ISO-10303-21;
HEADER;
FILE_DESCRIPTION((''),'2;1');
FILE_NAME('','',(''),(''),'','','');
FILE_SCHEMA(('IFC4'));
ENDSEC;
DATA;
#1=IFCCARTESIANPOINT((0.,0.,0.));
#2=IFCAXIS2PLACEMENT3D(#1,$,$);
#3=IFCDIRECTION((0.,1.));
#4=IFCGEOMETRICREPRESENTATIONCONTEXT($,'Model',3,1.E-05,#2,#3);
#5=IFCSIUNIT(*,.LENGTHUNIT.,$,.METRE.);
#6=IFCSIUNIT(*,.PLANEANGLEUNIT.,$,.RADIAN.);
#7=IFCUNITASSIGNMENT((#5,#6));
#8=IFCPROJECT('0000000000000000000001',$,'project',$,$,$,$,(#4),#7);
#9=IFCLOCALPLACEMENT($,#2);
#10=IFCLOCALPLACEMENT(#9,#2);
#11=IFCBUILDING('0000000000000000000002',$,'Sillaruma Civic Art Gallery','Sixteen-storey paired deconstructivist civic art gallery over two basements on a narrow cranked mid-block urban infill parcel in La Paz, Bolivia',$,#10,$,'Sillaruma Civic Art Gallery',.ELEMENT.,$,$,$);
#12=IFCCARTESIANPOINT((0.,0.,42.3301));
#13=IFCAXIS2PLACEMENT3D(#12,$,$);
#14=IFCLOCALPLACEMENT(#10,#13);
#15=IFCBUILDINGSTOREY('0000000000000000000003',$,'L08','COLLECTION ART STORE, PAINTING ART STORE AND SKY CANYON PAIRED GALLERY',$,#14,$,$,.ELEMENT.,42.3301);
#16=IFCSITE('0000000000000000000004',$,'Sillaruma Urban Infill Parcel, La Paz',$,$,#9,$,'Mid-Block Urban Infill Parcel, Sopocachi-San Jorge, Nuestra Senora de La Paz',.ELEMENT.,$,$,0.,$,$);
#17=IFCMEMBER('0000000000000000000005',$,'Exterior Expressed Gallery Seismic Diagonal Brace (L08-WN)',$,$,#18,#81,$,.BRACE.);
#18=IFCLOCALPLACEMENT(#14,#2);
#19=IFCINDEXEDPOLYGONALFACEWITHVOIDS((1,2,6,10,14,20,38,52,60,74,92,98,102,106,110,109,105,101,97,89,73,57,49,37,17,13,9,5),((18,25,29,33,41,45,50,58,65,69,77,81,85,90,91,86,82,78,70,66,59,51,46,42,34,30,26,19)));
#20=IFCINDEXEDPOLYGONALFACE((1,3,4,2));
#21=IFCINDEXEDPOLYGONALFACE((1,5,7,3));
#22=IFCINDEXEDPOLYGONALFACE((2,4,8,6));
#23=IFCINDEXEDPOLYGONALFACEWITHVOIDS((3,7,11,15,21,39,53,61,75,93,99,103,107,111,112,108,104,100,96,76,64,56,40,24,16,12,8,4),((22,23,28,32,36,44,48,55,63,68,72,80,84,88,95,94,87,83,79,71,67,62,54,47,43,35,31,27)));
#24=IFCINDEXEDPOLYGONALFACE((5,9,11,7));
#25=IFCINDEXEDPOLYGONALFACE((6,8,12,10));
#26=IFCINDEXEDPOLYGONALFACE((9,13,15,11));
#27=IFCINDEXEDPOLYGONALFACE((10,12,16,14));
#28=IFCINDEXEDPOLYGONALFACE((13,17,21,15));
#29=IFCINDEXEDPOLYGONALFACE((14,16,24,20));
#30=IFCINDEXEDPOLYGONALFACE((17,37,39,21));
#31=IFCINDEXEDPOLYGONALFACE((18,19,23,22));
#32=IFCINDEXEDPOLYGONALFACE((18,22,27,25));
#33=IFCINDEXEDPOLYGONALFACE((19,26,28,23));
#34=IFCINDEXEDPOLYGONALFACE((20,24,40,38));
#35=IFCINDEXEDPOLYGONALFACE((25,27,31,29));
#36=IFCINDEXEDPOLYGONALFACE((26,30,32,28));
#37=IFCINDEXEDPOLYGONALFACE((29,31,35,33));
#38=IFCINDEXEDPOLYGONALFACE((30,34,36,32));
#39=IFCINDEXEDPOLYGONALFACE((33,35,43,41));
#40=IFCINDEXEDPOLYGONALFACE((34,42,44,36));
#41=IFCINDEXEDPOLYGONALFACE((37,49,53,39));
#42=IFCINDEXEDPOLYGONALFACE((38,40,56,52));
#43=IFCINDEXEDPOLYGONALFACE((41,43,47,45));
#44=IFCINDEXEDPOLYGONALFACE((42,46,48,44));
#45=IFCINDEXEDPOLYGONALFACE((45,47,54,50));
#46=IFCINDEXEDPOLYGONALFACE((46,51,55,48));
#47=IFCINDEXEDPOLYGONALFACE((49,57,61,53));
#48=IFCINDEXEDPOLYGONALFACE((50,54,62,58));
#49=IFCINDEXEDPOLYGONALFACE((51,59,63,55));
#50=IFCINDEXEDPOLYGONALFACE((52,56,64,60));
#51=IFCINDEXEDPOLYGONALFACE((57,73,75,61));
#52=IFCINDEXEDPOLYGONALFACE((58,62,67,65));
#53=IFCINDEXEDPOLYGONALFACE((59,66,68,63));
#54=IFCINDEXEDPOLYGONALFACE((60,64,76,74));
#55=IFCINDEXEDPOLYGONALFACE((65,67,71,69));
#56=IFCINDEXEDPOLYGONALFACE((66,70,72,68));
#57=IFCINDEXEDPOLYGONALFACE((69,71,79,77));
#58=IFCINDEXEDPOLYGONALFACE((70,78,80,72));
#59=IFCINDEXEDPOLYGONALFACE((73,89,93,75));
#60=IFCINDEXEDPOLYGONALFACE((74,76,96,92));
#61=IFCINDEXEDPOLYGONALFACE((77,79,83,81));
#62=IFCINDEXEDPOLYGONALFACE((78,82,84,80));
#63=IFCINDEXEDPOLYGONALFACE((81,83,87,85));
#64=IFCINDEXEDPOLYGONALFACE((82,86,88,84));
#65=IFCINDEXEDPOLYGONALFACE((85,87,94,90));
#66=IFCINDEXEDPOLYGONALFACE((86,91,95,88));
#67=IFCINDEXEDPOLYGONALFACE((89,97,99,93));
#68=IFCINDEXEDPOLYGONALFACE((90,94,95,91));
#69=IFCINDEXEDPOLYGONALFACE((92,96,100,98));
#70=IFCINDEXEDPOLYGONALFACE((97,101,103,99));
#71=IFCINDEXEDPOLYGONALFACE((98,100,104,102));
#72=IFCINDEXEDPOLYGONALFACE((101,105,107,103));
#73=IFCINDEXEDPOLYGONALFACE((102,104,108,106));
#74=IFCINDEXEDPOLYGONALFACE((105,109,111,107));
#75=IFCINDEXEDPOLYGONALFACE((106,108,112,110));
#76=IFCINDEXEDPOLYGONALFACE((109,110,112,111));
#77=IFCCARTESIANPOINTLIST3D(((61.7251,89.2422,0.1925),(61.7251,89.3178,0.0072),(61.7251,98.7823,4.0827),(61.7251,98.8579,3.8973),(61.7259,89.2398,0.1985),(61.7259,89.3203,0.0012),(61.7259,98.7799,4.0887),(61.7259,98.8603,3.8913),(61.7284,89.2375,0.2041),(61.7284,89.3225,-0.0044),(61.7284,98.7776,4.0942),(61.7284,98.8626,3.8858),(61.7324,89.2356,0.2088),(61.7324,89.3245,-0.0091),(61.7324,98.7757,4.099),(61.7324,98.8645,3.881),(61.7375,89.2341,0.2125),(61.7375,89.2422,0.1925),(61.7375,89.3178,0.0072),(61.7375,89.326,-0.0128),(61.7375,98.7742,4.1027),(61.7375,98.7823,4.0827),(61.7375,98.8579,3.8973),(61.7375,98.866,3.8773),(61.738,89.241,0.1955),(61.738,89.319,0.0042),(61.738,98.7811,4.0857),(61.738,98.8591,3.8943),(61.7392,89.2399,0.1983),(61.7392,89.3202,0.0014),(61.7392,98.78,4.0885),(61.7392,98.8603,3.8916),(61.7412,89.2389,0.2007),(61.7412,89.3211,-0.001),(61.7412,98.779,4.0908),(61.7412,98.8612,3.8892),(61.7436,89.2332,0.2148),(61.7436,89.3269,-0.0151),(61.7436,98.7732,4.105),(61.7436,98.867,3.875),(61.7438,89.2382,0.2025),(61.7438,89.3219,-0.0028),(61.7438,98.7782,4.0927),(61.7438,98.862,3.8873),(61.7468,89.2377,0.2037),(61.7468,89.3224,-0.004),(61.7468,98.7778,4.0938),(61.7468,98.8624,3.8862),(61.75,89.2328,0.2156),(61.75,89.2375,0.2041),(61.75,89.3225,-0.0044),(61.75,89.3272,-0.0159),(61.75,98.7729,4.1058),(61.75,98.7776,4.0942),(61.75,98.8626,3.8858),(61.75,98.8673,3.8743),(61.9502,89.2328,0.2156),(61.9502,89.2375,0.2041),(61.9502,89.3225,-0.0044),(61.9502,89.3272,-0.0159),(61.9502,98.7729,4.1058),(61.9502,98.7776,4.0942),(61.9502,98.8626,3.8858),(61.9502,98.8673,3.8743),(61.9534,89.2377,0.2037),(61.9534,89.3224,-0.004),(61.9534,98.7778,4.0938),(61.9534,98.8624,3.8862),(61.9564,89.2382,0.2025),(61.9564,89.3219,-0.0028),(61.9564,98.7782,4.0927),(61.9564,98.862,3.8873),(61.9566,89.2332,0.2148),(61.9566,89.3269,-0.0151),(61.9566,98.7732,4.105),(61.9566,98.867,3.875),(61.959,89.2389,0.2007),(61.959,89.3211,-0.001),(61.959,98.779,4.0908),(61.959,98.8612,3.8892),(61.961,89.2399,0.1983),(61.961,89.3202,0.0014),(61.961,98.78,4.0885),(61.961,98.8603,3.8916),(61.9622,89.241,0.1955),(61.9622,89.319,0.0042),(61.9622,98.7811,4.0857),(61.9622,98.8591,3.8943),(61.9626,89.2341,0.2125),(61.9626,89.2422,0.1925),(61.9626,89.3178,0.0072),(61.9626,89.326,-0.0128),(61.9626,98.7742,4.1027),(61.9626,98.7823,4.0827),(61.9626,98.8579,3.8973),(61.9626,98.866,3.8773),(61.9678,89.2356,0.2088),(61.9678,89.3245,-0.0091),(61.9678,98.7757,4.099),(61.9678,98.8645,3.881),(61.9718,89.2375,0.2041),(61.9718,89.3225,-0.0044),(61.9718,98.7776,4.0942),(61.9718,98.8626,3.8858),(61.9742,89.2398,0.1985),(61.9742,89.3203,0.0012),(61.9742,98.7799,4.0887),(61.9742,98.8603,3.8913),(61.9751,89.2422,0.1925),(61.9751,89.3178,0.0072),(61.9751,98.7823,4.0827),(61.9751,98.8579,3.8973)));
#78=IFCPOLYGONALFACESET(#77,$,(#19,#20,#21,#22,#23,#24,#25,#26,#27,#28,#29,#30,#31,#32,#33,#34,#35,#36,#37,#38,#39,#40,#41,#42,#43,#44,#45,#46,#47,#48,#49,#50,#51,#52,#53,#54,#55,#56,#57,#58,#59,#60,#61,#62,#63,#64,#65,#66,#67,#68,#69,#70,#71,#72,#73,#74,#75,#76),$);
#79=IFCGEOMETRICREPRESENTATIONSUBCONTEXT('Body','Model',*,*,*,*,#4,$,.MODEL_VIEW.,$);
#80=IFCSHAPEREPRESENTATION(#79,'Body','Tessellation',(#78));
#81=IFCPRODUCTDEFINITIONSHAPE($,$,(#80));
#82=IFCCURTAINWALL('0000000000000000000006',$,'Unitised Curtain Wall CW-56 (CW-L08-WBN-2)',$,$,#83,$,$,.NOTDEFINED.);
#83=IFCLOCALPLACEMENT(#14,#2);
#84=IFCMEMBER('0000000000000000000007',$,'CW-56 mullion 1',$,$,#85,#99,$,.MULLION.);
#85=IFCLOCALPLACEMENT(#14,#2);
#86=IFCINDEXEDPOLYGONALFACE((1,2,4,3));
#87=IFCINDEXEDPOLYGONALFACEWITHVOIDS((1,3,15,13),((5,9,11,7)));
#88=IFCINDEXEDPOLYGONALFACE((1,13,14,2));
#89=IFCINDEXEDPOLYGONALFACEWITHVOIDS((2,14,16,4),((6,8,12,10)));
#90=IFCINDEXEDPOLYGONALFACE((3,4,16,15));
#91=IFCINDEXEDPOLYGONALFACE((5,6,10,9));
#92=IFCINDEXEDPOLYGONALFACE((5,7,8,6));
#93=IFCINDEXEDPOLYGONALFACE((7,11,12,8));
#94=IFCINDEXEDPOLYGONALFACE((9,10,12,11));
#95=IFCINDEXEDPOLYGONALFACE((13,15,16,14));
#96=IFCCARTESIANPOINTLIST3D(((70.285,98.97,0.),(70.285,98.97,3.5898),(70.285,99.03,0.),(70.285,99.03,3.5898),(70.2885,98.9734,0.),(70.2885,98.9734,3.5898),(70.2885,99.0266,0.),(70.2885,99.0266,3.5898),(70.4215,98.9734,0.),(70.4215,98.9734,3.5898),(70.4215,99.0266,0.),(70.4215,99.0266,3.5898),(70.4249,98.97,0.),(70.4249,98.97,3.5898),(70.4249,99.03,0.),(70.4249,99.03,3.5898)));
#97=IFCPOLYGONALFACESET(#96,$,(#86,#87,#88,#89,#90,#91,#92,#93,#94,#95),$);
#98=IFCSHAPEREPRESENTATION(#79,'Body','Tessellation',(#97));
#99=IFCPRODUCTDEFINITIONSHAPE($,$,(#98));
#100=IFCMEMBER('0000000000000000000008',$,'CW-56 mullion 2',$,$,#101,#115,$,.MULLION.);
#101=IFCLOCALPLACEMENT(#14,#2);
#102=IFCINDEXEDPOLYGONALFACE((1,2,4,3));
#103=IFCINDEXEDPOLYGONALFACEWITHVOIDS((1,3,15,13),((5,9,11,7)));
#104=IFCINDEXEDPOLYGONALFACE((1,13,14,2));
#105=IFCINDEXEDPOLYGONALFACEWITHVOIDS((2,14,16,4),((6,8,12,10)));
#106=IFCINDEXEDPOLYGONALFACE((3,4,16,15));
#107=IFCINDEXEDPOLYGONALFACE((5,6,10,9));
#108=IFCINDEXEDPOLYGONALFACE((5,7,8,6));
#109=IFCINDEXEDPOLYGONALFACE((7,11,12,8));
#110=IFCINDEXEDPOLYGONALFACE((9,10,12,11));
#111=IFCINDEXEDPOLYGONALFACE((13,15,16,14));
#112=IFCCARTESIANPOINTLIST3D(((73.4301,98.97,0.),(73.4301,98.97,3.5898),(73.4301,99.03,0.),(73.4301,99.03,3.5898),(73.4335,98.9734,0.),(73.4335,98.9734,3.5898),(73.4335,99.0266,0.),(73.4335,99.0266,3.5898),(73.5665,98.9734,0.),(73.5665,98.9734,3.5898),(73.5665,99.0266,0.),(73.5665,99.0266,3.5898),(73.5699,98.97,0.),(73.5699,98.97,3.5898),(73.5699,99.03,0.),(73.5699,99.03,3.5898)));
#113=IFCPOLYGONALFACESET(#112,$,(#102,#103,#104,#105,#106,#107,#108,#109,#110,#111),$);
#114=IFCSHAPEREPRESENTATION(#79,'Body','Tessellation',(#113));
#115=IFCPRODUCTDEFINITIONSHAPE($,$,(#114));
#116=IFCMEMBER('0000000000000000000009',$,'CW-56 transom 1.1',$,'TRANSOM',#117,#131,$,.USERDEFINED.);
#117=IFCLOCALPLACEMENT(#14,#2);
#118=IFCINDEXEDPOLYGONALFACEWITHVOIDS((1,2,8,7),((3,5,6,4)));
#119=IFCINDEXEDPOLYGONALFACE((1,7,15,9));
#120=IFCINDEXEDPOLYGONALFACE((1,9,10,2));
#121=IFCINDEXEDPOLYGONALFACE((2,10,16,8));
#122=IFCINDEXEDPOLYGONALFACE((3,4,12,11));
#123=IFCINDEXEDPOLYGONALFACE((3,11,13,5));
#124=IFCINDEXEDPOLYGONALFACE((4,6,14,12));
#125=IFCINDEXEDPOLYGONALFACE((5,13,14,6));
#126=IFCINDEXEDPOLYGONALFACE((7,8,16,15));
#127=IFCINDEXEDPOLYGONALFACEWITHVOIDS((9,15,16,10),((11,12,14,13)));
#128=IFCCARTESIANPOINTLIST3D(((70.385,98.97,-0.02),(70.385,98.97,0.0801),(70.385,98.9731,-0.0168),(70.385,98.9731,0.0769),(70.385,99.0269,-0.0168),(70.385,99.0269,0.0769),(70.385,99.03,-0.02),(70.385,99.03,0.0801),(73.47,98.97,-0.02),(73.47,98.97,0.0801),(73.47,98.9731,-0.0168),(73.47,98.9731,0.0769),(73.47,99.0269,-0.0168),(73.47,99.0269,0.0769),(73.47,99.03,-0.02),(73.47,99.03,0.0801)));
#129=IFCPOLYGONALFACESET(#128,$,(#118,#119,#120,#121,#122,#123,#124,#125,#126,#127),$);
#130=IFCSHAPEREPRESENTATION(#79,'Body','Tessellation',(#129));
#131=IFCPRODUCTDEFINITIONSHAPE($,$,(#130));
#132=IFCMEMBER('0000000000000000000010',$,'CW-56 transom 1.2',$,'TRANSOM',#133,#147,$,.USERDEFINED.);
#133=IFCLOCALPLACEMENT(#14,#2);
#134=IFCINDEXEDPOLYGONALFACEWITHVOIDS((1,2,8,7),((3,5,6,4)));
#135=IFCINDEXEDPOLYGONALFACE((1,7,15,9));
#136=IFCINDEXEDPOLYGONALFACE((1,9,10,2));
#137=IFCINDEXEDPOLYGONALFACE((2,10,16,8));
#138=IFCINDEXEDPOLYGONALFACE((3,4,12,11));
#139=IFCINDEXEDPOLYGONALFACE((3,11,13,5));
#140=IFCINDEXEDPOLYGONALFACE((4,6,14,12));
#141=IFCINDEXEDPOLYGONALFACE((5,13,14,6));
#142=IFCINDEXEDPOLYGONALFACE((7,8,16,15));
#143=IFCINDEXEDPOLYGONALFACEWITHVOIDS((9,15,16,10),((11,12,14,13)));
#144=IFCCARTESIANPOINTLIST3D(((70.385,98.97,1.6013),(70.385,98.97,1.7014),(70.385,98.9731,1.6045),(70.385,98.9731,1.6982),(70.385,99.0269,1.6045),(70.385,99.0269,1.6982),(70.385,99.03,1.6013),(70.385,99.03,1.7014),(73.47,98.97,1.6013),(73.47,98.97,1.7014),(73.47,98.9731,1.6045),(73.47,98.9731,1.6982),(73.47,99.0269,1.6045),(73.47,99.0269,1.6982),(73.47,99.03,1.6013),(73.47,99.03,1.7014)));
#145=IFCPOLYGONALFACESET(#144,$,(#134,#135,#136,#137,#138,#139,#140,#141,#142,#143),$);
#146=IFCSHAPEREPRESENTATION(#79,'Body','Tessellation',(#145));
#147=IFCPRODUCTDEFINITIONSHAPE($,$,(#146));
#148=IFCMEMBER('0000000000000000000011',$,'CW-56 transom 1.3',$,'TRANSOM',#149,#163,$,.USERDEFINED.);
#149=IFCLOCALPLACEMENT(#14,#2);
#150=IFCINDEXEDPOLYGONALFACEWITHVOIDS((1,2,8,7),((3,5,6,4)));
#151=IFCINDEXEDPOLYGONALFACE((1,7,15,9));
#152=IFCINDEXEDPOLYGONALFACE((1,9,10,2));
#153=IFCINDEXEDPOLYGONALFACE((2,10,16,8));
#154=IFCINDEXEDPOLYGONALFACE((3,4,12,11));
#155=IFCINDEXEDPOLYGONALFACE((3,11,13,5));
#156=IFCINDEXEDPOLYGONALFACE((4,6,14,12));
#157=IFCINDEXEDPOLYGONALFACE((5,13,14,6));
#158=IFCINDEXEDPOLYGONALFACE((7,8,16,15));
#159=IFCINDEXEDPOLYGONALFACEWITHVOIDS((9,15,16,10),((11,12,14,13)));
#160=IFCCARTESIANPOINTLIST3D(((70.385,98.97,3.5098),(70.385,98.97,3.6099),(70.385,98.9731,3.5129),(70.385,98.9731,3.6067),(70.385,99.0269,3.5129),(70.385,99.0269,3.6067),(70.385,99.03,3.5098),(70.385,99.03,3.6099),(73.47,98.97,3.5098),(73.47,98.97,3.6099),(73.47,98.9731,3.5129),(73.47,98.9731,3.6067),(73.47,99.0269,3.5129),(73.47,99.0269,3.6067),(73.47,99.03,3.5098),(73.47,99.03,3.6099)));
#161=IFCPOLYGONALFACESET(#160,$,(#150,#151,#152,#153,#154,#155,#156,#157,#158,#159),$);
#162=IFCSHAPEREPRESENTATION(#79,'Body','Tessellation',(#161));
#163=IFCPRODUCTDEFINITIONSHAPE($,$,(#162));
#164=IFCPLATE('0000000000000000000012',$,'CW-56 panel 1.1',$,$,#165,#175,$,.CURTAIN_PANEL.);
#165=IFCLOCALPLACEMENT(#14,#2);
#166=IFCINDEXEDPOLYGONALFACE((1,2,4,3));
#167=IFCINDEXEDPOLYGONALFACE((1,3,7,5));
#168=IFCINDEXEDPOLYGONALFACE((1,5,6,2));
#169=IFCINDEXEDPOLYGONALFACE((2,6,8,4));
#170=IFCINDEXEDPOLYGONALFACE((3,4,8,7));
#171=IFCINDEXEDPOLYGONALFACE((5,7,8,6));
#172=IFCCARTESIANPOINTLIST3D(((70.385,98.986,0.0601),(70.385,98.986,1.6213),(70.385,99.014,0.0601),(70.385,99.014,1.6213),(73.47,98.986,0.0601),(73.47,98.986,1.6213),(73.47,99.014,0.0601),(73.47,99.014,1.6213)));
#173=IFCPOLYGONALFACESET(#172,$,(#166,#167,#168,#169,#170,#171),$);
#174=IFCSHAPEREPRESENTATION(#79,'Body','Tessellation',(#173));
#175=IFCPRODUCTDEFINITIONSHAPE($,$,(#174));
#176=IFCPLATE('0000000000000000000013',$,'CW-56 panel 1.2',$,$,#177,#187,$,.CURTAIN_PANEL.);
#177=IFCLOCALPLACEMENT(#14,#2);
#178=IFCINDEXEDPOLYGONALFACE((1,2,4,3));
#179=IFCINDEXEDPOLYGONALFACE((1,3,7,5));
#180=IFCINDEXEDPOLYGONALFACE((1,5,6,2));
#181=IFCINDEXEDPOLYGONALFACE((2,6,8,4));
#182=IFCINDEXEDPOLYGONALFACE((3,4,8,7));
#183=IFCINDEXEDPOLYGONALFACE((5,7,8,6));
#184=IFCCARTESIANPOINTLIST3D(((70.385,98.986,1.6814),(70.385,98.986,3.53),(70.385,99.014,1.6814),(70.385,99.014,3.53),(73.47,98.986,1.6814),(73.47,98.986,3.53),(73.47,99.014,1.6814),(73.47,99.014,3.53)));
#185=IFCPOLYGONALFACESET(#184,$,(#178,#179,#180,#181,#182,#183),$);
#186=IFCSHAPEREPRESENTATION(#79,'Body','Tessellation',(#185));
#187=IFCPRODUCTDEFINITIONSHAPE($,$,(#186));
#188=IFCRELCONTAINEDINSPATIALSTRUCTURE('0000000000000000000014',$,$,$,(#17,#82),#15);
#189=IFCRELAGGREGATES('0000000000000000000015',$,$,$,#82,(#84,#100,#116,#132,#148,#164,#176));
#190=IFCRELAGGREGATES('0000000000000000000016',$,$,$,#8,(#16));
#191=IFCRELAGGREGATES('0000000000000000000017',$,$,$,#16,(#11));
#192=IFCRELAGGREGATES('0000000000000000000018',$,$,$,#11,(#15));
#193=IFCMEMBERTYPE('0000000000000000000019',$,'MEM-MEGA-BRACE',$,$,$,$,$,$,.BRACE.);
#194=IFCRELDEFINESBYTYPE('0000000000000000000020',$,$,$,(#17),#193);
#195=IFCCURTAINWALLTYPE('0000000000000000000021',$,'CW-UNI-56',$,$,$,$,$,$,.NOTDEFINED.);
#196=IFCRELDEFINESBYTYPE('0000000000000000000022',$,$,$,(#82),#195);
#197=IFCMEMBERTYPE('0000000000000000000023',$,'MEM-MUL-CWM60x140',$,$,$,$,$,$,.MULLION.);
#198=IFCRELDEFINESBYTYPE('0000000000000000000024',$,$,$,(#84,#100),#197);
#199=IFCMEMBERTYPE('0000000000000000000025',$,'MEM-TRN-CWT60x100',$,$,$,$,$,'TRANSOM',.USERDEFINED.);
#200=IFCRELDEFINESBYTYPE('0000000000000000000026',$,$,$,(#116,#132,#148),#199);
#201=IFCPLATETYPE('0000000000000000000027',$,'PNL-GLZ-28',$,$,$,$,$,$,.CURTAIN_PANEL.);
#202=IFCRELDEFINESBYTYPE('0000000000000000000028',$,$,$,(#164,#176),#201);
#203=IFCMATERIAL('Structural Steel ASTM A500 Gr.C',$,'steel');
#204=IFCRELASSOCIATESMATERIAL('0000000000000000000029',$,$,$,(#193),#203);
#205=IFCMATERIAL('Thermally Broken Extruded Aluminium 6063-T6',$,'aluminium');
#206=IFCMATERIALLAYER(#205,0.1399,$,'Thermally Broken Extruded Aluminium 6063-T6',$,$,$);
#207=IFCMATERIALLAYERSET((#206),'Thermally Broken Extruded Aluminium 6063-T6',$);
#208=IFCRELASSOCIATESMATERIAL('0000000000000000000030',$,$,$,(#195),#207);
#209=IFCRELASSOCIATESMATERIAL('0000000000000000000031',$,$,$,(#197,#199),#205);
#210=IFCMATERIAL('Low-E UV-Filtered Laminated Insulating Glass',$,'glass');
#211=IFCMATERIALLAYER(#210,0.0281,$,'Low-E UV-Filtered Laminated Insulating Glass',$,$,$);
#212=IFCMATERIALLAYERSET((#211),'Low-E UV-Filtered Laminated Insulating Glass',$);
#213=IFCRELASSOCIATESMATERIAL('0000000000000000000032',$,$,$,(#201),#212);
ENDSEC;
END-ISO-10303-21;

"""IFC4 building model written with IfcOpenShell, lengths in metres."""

from ifc_helpers import new_model, si_unit, direction, frame, origin, origin_2d, place, context, subcontext, project, spatial, rectangle, hollow_rectangle, extrude, material, layer, layer_set, material_profile, profile_set, type_object, element, aggregate, save


model = new_model("IFC4")

# Units and contexts
model_context = context("Model", 3, precision=1e-05, world=origin(), true_north=direction((0.0, 1.0)))
body_context = subcontext(model_context, "Body", "Model", "MODEL_VIEW")
ifc_project = project(units=[si_unit("LENGTHUNIT", "METRE"), si_unit("PLANEANGLEUNIT", "RADIAN")], contexts=[model_context])

# Site, building, storey
site_placement = place(None, origin())
site = spatial("IfcSite", under=ifc_project, at=site_placement, Name="Sillaruma Urban Infill Parcel, La Paz", LongName="Mid-Block Urban Infill Parcel, Sopocachi-San Jorge, Nuestra Senora de La Paz", CompositionType="ELEMENT", RefElevation=0.0)
building_placement = place(site_placement, origin())
building = spatial("IfcBuilding", under=site, at=building_placement, Name="Sillaruma Civic Art Gallery", Description="Sixteen-storey paired deconstructivist civic art gallery over two basements on a narrow cranked mid-block urban infill parcel in La Paz, Bolivia", LongName="Sillaruma Civic Art Gallery", CompositionType="ELEMENT")
storey_placement = place(building_placement, frame((0.0, 0.0, 42.3301)))
storey = spatial("IfcBuildingStorey", under=building, at=storey_placement, Name="L08", Description="COLLECTION ART STORE, PAINTING ART STORE AND SKY CANYON PAIRED GALLERY", CompositionType="ELEMENT", Elevation=42.3301)

# Member
ifc_material_1 = material(Name="Structural Steel ASTM A500 Gr.C", Category="steel")
ifc_material_profile_1 = material_profile(ifc_material_1, hollow_rectangle(XDim=0.25, YDim=0.25, WallThickness=0.0125, InnerFilletRadius=0.0125, OuterFilletRadius=0.0249, at=origin_2d()), Name="HSS250x250x12.5")
ifc_profile_set_1 = profile_set([ifc_material_profile_1], Name="Structural Steel ASTM A500 Gr.C")
member_type_1 = type_object("IfcMemberType", Name="MEM-MEGA-BRACE", PredefinedType="BRACE", material=ifc_profile_set_1)
member_1_placement = place(storey_placement, frame((61.8501, 89.28, 0.0999), z_axis=(0.0, 0.925975, 0.377584), x_axis=(-1.0, 0.0, 0.0)))
element("IfcMember", 1, at=member_1_placement, inside=storey, type_object=member_type_1, Name="Exterior Expressed Gallery Seismic Diagonal Brace (L08-WN)", PredefinedType="BRACE", context=body_context, shape_type="SweptSolid", body=[
    extrude(hollow_rectangle(XDim=0.25, YDim=0.25, WallThickness=0.0125, InnerFilletRadius=0.0125, OuterFilletRadius=0.0249, at=origin_2d()), origin(), (0.0, 0.0, 1.0), 10.3027),
])

# Curtain wall, members, plates
ifc_material_2 = material(Name="Thermally Broken Extruded Aluminium 6063-T6", Category="aluminium")
ifc_layer_1 = layer(ifc_material_2, 0.1399, Name="Thermally Broken Extruded Aluminium 6063-T6")
ifc_layer_set_1 = layer_set([ifc_layer_1], Name="Thermally Broken Extruded Aluminium 6063-T6")
curtain_wall_type = type_object("IfcCurtainWallType", Name="CW-UNI-56", PredefinedType="NOTDEFINED", material=ifc_layer_set_1)
curtain_wall_placement = place(storey_placement, origin())
curtain_wall = element("IfcCurtainWall", 2, at=curtain_wall_placement, inside=storey, type_object=curtain_wall_type, Name="Unitised Curtain Wall CW-56 (CW-L08-WBN-2)", PredefinedType="NOTDEFINED")
ifc_material_profile_2 = material_profile(ifc_material_2, hollow_rectangle(XDim=0.0601, YDim=0.1399, WallThickness=0.0034, at=origin_2d()), Name="CWM60x140")
ifc_profile_set_2 = profile_set([ifc_material_profile_2], Name="Thermally Broken Extruded Aluminium 6063-T6")
member_type_2 = type_object("IfcMemberType", Name="MEM-MUL-CWM60x140", PredefinedType="MULLION", material=ifc_profile_set_2)
member_2_placement = place(storey_placement, frame((70.355, 99.0, 0.0), z_axis=(0.0, 0.0, 1.0), x_axis=(0.0, 1.0, 0.0)))
member_2 = element("IfcMember", 3, at=member_2_placement, type_object=member_type_2, Name="CW-56 mullion 1", PredefinedType="MULLION", context=body_context, shape_type="SweptSolid", body=[
    extrude(hollow_rectangle(XDim=0.0601, YDim=0.1399, WallThickness=0.0034, at=origin_2d()), origin(), (0.0, 0.0, 1.0), 3.5898),
])
member_3_placement = place(storey_placement, frame((73.5, 99.0, 0.0), z_axis=(0.0, 0.0, 1.0), x_axis=(0.0, 1.0, 0.0)))
member_3 = element("IfcMember", 4, at=member_3_placement, type_object=member_type_2, Name="CW-56 mullion 2", PredefinedType="MULLION", context=body_context, shape_type="SweptSolid", body=[
    extrude(hollow_rectangle(XDim=0.0601, YDim=0.1399, WallThickness=0.0034, at=origin_2d()), origin(), (0.0, 0.0, 1.0), 3.5898),
])
ifc_material_profile_3 = material_profile(ifc_material_2, hollow_rectangle(XDim=0.0601, YDim=0.1001, WallThickness=0.0032, at=origin_2d()), Name="CWT60x100")
ifc_profile_set_3 = profile_set([ifc_material_profile_3], Name="Thermally Broken Extruded Aluminium 6063-T6")
member_type_3 = type_object("IfcMemberType", Name="MEM-TRN-CWT60x100", ElementType="TRANSOM", PredefinedType="USERDEFINED", material=ifc_profile_set_3)
member_4_placement = place(storey_placement, frame((70.385, 99.0, 0.03), z_axis=(1.0, 0.0, 0.0), x_axis=(0.0, 1.0, 0.0)))
member_4 = element("IfcMember", 5, at=member_4_placement, type_object=member_type_3, Name="CW-56 transom 1.1", ObjectType="TRANSOM", PredefinedType="USERDEFINED", context=body_context, shape_type="SweptSolid", body=[
    extrude(hollow_rectangle(XDim=0.0601, YDim=0.1001, WallThickness=0.0032, at=origin_2d()), origin(), (0.0, 0.0, 1.0), 3.085),
])
member_5_placement = place(storey_placement, frame((70.385, 99.0, 1.6514), z_axis=(1.0, 0.0, 0.0), x_axis=(0.0, 1.0, 0.0)))
member_5 = element("IfcMember", 6, at=member_5_placement, type_object=member_type_3, Name="CW-56 transom 1.2", ObjectType="TRANSOM", PredefinedType="USERDEFINED", context=body_context, shape_type="SweptSolid", body=[
    extrude(hollow_rectangle(XDim=0.0601, YDim=0.1001, WallThickness=0.0032, at=origin_2d()), origin(), (0.0, 0.0, 1.0), 3.085),
])
member_6_placement = place(storey_placement, frame((70.385, 99.0, 3.5598), z_axis=(1.0, 0.0, 0.0), x_axis=(0.0, 1.0, 0.0)))
member_6 = element("IfcMember", 7, at=member_6_placement, type_object=member_type_3, Name="CW-56 transom 1.3", ObjectType="TRANSOM", PredefinedType="USERDEFINED", context=body_context, shape_type="SweptSolid", body=[
    extrude(hollow_rectangle(XDim=0.0601, YDim=0.1001, WallThickness=0.0032, at=origin_2d()), origin(), (0.0, 0.0, 1.0), 3.085),
])
ifc_material_3 = material(Name="Low-E UV-Filtered Laminated Insulating Glass", Category="glass")
ifc_layer_2 = layer(ifc_material_3, 0.0281, Name="Low-E UV-Filtered Laminated Insulating Glass")
ifc_layer_set_2 = layer_set([ifc_layer_2], Name="Low-E UV-Filtered Laminated Insulating Glass")
plate_type = type_object("IfcPlateType", Name="PNL-GLZ-28", PredefinedType="CURTAIN_PANEL", material=ifc_layer_set_2)
plate_1_placement = place(storey_placement, frame((71.9275, 99.0, 0.0601), z_axis=(0.0, 0.0, 1.0), x_axis=(1.0, 0.0, 0.0)))
plate_1 = element("IfcPlate", 8, at=plate_1_placement, type_object=plate_type, Name="CW-56 panel 1.1", PredefinedType="CURTAIN_PANEL", context=body_context, shape_type="SweptSolid", body=[
    extrude(rectangle(XDim=3.085, YDim=0.0281, at=origin_2d()), origin(), (0.0, 0.0, 1.0), 1.5613),
])
plate_2_placement = place(storey_placement, frame((71.9275, 99.0, 1.6814), z_axis=(0.0, 0.0, 1.0), x_axis=(1.0, 0.0, 0.0)))
plate_2 = element("IfcPlate", 9, at=plate_2_placement, type_object=plate_type, Name="CW-56 panel 1.2", PredefinedType="CURTAIN_PANEL", context=body_context, shape_type="SweptSolid", body=[
    extrude(rectangle(XDim=3.085, YDim=0.0281, at=origin_2d()), origin(), (0.0, 0.0, 1.0), 1.8486),
])
aggregate(curtain_wall, [member_2, member_3, member_4, member_5, member_6, plate_1, plate_2])

save(model, "model.ifc")
